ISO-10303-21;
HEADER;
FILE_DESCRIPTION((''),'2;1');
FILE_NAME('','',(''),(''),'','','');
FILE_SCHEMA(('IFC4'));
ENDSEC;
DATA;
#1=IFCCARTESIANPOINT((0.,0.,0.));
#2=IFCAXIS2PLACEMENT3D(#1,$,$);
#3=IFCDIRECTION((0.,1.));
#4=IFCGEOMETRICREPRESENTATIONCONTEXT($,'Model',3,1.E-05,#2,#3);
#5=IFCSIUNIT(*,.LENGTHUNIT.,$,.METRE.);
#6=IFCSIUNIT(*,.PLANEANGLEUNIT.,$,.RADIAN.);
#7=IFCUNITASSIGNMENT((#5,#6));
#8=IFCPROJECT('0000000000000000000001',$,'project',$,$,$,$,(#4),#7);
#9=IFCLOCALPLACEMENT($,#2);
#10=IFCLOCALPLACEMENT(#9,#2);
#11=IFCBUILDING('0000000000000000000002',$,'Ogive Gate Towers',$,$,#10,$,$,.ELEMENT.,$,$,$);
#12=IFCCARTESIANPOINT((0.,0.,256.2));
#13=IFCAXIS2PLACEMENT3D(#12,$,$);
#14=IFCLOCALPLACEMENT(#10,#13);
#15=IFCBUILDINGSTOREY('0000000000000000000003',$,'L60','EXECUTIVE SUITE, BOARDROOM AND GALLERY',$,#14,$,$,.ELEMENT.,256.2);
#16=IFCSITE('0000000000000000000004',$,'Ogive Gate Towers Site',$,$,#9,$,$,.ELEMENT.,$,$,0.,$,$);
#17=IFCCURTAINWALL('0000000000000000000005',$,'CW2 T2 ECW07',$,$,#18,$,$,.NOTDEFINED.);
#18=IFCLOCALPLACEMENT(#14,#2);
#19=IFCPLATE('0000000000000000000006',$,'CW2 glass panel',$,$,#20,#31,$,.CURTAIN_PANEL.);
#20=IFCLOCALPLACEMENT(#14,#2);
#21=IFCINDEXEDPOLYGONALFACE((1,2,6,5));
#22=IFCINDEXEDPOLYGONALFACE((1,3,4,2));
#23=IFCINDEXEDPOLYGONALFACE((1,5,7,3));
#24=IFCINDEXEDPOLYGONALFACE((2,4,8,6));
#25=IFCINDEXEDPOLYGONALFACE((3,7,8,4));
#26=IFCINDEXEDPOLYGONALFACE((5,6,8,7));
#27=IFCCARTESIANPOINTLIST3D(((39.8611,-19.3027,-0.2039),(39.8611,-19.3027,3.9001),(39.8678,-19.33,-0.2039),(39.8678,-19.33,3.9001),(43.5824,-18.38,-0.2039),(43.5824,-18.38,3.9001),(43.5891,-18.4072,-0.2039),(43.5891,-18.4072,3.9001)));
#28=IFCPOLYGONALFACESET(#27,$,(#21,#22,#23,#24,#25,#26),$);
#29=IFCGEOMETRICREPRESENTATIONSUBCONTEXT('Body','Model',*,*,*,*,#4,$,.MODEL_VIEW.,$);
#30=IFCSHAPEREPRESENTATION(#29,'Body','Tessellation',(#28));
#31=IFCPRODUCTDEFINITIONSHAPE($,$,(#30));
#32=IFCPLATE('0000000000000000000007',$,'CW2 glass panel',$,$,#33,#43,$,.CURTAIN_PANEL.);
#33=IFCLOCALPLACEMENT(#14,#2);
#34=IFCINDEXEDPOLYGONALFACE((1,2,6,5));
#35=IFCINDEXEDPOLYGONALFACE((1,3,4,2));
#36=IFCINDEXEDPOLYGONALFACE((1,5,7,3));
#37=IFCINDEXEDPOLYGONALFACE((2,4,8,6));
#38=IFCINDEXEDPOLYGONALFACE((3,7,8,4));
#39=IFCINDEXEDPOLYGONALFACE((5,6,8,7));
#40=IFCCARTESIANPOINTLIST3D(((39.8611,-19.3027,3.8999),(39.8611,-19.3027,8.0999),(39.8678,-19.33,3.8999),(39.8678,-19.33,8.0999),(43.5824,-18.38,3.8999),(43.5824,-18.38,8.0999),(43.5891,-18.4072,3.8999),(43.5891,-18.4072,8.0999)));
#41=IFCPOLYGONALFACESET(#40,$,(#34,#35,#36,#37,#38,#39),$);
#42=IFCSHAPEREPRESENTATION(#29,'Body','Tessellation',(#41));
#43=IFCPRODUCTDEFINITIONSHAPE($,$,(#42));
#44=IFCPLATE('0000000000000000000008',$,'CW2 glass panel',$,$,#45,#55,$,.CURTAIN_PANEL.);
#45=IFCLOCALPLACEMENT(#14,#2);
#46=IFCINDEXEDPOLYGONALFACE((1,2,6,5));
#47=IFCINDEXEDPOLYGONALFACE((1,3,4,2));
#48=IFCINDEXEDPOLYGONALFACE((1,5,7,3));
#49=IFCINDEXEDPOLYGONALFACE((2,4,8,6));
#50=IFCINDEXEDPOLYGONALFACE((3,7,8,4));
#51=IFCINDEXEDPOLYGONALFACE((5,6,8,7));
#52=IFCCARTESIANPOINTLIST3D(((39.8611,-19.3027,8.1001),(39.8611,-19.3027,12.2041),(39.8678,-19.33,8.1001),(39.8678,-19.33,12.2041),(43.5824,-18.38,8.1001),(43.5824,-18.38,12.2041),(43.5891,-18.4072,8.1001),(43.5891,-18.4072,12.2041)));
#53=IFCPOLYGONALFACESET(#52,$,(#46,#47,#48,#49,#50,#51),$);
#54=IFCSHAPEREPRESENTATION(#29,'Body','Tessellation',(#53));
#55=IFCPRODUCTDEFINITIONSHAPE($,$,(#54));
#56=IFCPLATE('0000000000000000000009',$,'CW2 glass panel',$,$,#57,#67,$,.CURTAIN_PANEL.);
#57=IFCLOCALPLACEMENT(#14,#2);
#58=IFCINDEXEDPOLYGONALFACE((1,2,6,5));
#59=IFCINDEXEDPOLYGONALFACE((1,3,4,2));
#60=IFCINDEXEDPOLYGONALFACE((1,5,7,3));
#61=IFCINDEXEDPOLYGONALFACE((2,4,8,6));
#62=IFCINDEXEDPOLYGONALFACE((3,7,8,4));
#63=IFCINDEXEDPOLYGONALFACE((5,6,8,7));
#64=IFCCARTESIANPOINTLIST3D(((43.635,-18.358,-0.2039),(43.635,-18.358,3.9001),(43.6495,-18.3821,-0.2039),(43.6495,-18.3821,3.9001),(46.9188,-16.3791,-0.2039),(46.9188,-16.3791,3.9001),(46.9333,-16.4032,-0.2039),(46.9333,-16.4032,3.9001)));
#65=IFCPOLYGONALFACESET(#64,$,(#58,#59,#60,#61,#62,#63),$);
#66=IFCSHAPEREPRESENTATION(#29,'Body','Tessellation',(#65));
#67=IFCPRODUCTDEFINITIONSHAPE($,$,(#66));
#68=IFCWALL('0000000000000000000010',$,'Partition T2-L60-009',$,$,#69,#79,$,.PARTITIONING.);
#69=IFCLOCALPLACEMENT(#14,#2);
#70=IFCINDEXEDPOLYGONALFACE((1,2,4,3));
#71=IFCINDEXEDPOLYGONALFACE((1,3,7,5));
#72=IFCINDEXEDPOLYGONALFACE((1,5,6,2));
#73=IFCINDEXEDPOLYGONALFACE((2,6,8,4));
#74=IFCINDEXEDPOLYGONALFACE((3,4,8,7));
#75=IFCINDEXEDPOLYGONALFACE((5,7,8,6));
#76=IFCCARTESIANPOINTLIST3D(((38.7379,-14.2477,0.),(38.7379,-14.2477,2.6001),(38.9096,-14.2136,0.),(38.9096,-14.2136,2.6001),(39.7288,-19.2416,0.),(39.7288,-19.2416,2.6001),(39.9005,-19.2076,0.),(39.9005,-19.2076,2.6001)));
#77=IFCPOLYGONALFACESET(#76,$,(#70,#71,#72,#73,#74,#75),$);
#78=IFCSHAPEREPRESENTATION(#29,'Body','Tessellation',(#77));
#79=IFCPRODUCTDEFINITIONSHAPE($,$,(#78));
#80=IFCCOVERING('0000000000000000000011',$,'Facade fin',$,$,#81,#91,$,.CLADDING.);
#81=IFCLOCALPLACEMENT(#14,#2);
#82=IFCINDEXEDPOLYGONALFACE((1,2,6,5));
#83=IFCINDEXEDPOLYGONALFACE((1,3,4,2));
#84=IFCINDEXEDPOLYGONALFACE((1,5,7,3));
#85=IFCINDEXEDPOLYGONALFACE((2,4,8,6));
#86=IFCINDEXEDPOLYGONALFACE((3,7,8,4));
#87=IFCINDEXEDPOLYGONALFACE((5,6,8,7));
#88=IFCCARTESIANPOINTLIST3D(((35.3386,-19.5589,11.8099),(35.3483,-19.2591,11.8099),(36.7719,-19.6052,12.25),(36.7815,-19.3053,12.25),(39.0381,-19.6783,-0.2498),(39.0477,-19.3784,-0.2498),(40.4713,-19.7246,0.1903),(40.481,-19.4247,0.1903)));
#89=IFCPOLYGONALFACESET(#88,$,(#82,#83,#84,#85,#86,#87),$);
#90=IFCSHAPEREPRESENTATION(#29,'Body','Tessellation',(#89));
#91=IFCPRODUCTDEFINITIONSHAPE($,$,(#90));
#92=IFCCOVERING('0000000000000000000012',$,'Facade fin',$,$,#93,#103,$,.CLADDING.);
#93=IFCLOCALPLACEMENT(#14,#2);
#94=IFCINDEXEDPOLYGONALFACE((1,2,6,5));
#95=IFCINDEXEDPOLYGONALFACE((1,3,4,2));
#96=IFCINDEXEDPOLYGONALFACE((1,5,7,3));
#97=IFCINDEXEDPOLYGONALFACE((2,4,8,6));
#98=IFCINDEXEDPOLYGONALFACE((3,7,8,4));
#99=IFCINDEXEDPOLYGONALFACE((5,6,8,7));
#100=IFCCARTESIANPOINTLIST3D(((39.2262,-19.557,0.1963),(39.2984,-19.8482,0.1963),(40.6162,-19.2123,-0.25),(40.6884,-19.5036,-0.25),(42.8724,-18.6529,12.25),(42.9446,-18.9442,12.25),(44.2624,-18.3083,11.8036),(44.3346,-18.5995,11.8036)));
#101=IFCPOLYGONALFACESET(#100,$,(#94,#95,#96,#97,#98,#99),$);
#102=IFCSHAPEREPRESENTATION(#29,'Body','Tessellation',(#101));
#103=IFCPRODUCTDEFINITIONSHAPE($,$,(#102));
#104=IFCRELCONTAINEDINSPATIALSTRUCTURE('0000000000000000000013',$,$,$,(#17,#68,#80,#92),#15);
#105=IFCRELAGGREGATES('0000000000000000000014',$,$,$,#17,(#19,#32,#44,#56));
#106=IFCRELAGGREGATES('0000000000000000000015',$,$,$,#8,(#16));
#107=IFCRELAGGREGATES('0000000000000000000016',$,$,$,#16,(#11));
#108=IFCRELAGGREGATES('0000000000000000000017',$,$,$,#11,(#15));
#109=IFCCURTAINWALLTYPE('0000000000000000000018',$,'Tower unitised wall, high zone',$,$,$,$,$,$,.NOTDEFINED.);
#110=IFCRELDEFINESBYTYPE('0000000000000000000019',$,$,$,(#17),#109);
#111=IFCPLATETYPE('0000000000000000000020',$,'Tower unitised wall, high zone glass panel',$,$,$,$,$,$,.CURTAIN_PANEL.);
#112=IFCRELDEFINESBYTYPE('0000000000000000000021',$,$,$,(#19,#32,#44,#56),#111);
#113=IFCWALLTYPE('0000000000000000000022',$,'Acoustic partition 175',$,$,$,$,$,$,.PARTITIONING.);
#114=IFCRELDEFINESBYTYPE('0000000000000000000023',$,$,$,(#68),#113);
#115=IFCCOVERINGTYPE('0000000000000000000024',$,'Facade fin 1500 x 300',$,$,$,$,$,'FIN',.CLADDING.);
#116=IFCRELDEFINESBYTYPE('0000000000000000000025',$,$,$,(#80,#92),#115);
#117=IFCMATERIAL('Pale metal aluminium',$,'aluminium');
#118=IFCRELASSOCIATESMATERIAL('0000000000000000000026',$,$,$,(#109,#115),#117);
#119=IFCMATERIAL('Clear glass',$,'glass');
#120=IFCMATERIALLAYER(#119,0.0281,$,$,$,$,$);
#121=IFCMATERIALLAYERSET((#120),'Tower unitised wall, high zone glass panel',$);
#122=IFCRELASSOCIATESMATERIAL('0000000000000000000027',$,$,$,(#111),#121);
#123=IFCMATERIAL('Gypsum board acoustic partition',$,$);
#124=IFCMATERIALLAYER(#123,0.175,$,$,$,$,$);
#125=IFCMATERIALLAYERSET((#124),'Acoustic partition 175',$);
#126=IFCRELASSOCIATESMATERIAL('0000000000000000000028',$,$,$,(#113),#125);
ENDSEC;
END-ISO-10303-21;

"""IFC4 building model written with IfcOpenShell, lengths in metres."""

from ifc_helpers import new_model, si_unit, direction, frame, frame_2d, origin, origin_2d, place, context, subcontext, project, spatial, rectangle, extrude, material, layer, layer_set, material_profile, profile_set, type_object, element, aggregate, save


model = new_model("IFC4")

# Units and contexts
model_context = context("Model", 3, precision=1e-05, world=origin(), true_north=direction((0.0, 1.0)))
body_context = subcontext(model_context, "Body", "Model", "MODEL_VIEW")
ifc_project = project(units=[si_unit("LENGTHUNIT", "METRE"), si_unit("PLANEANGLEUNIT", "RADIAN")], contexts=[model_context])

# Site, building, storey
site_placement = place(None, origin())
site = spatial("IfcSite", under=ifc_project, at=site_placement, Name="Ogive Gate Towers Site", CompositionType="ELEMENT", RefElevation=0.0)
building_placement = place(site_placement, origin())
building = spatial("IfcBuilding", under=site, at=building_placement, Name="Ogive Gate Towers", CompositionType="ELEMENT")
storey_placement = place(building_placement, frame((0.0, 0.0, 256.2)))
storey = spatial("IfcBuildingStorey", under=building, at=storey_placement, Name="L60", Description="EXECUTIVE SUITE, BOARDROOM AND GALLERY", CompositionType="ELEMENT", Elevation=256.2)

# Curtain wall, plates
ifc_material_1 = material(Name="Pale metal aluminium", Category="aluminium")
curtain_wall_type = type_object("IfcCurtainWallType", Name="Tower unitised wall, high zone", PredefinedType="NOTDEFINED", material=ifc_material_1)
curtain_wall_placement = place(storey_placement, origin())
curtain_wall = element("IfcCurtainWall", 1, at=curtain_wall_placement, inside=storey, type_object=curtain_wall_type, Name="CW2 T2 ECW07", PredefinedType="NOTDEFINED")
ifc_material_2 = material(Name="Clear glass", Category="glass")
ifc_layer_1 = layer(ifc_material_2, 0.0281)
ifc_layer_set_1 = layer_set([ifc_layer_1], Name="Tower unitised wall, high zone glass panel")
plate_type = type_object("IfcPlateType", Name="Tower unitised wall, high zone glass panel", PredefinedType="CURTAIN_PANEL", material=ifc_layer_set_1)
plate_1_placement = place(storey_placement, frame((41.7251, -18.855, -0.2039), z_axis=(0.0, 0.0, 1.0), x_axis=(0.970607, 0.240669, 0.0)))
plate_1 = element("IfcPlate", 2, at=plate_1_placement, type_object=plate_type, Name="CW2 glass panel", PredefinedType="CURTAIN_PANEL", context=body_context, shape_type="SweptSolid", body=[
    extrude(rectangle(XDim=3.834, YDim=0.0281, at=origin_2d()), origin(), (0.0, 0.0, 1.0), 4.104),
])
plate_2_placement = place(storey_placement, frame((41.7251, -18.855, 3.8999), z_axis=(0.0, 0.0, 1.0), x_axis=(0.970607, 0.240669, 0.0)))
plate_2 = element("IfcPlate", 3, at=plate_2_placement, type_object=plate_type, Name="CW2 glass panel", PredefinedType="CURTAIN_PANEL", context=body_context, shape_type="SweptSolid", body=[
    extrude(rectangle(XDim=3.834, YDim=0.0281, at=origin_2d()), origin(), (0.0, 0.0, 1.0), 4.2),
])
plate_3_placement = place(storey_placement, frame((41.7251, -18.855, 8.1001), z_axis=(0.0, 0.0, 1.0), x_axis=(0.970607, 0.240669, 0.0)))
plate_3 = element("IfcPlate", 4, at=plate_3_placement, type_object=plate_type, Name="CW2 glass panel", PredefinedType="CURTAIN_PANEL", context=body_context, shape_type="SweptSolid", body=[
    extrude(rectangle(XDim=3.834, YDim=0.0281, at=origin_2d()), origin(), (0.0, 0.0, 1.0), 4.104),
])
plate_4_placement = place(storey_placement, frame((45.2842, -17.3806, -0.2039), z_axis=(0.0, 0.0, 1.0), x_axis=(0.856501, 0.516145, 0.0)))
plate_4 = element("IfcPlate", 5, at=plate_4_placement, type_object=plate_type, Name="CW2 glass panel", PredefinedType="CURTAIN_PANEL", context=body_context, shape_type="SweptSolid", body=[
    extrude(rectangle(XDim=3.834, YDim=0.0281, at=origin_2d()), origin(), (0.0, 0.0, 1.0), 4.104),
])
aggregate(curtain_wall, [plate_1, plate_2, plate_3, plate_4])

# Wall
ifc_material_3 = material(Name="Gypsum board acoustic partition")
ifc_layer_2 = layer(ifc_material_3, 0.175)
ifc_layer_set_2 = layer_set([ifc_layer_2], Name="Acoustic partition 175")
wall_type = type_object("IfcWallType", Name="Acoustic partition 175", PredefinedType="PARTITIONING", material=ifc_layer_set_2)
wall_placement = place(storey_placement, frame((39.8147, -19.2246, 0.0), z_axis=(0.0, 0.0, 1.0), x_axis=(-0.19464, 0.980875, 0.0)))
element("IfcWall", 6, at=wall_placement, inside=storey, type_object=wall_type, Name="Partition T2-L60-009", PredefinedType="PARTITIONING", context=body_context, shape_type="SweptSolid", body=[
    extrude(rectangle(XDim=5.0913, YDim=0.175, at=frame_2d((2.5457, 0.0))), origin(), (0.0, 0.0, 1.0), 2.6001),
])

# Coverings
ifc_material_profile_1 = material_profile(ifc_material_1, rectangle(XDim=0.3, YDim=1.5, at=origin_2d()), Name="1500 x 300 pale metal aluminium")
ifc_profile_set_1 = profile_set([ifc_material_profile_1], Name="Pale metal aluminium")
covering_type = type_object("IfcCoveringType", Name="Facade fin 1500 x 300", ElementType="FIN", PredefinedType="CLADDING", material=ifc_profile_set_1)
covering_1_placement = place(storey_placement, frame((39.7595, -19.5515, -0.0298), z_axis=(-0.293258, 0.009464, 0.955987), x_axis=(-0.032254, -0.99948, 0.0)))
element("IfcCovering", 7, at=covering_1_placement, inside=storey, type_object=covering_type, Name="Facade fin", PredefinedType="CLADDING", context=body_context, shape_type="SweptSolid", body=[
    extrude(rectangle(XDim=0.3, YDim=1.5, at=origin_2d()), origin(), (0.0, 0.0, 1.0), 12.615),
])
covering_2_placement = place(storey_placement, frame((39.9573, -19.5303, -0.0269), z_axis=(0.288799, 0.071605, 0.954708), x_axis=(-0.240654, 0.970611, 0.0)))
element("IfcCovering", 8, at=covering_2_placement, inside=storey, type_object=covering_type, Name="Facade fin", PredefinedType="CLADDING", context=body_context, shape_type="SweptSolid", body=[
    extrude(rectangle(XDim=0.3, YDim=1.5, at=origin_2d()), origin(), (0.0, 0.0, 1.0), 12.6255),
])

save(model, "model.ifc")
